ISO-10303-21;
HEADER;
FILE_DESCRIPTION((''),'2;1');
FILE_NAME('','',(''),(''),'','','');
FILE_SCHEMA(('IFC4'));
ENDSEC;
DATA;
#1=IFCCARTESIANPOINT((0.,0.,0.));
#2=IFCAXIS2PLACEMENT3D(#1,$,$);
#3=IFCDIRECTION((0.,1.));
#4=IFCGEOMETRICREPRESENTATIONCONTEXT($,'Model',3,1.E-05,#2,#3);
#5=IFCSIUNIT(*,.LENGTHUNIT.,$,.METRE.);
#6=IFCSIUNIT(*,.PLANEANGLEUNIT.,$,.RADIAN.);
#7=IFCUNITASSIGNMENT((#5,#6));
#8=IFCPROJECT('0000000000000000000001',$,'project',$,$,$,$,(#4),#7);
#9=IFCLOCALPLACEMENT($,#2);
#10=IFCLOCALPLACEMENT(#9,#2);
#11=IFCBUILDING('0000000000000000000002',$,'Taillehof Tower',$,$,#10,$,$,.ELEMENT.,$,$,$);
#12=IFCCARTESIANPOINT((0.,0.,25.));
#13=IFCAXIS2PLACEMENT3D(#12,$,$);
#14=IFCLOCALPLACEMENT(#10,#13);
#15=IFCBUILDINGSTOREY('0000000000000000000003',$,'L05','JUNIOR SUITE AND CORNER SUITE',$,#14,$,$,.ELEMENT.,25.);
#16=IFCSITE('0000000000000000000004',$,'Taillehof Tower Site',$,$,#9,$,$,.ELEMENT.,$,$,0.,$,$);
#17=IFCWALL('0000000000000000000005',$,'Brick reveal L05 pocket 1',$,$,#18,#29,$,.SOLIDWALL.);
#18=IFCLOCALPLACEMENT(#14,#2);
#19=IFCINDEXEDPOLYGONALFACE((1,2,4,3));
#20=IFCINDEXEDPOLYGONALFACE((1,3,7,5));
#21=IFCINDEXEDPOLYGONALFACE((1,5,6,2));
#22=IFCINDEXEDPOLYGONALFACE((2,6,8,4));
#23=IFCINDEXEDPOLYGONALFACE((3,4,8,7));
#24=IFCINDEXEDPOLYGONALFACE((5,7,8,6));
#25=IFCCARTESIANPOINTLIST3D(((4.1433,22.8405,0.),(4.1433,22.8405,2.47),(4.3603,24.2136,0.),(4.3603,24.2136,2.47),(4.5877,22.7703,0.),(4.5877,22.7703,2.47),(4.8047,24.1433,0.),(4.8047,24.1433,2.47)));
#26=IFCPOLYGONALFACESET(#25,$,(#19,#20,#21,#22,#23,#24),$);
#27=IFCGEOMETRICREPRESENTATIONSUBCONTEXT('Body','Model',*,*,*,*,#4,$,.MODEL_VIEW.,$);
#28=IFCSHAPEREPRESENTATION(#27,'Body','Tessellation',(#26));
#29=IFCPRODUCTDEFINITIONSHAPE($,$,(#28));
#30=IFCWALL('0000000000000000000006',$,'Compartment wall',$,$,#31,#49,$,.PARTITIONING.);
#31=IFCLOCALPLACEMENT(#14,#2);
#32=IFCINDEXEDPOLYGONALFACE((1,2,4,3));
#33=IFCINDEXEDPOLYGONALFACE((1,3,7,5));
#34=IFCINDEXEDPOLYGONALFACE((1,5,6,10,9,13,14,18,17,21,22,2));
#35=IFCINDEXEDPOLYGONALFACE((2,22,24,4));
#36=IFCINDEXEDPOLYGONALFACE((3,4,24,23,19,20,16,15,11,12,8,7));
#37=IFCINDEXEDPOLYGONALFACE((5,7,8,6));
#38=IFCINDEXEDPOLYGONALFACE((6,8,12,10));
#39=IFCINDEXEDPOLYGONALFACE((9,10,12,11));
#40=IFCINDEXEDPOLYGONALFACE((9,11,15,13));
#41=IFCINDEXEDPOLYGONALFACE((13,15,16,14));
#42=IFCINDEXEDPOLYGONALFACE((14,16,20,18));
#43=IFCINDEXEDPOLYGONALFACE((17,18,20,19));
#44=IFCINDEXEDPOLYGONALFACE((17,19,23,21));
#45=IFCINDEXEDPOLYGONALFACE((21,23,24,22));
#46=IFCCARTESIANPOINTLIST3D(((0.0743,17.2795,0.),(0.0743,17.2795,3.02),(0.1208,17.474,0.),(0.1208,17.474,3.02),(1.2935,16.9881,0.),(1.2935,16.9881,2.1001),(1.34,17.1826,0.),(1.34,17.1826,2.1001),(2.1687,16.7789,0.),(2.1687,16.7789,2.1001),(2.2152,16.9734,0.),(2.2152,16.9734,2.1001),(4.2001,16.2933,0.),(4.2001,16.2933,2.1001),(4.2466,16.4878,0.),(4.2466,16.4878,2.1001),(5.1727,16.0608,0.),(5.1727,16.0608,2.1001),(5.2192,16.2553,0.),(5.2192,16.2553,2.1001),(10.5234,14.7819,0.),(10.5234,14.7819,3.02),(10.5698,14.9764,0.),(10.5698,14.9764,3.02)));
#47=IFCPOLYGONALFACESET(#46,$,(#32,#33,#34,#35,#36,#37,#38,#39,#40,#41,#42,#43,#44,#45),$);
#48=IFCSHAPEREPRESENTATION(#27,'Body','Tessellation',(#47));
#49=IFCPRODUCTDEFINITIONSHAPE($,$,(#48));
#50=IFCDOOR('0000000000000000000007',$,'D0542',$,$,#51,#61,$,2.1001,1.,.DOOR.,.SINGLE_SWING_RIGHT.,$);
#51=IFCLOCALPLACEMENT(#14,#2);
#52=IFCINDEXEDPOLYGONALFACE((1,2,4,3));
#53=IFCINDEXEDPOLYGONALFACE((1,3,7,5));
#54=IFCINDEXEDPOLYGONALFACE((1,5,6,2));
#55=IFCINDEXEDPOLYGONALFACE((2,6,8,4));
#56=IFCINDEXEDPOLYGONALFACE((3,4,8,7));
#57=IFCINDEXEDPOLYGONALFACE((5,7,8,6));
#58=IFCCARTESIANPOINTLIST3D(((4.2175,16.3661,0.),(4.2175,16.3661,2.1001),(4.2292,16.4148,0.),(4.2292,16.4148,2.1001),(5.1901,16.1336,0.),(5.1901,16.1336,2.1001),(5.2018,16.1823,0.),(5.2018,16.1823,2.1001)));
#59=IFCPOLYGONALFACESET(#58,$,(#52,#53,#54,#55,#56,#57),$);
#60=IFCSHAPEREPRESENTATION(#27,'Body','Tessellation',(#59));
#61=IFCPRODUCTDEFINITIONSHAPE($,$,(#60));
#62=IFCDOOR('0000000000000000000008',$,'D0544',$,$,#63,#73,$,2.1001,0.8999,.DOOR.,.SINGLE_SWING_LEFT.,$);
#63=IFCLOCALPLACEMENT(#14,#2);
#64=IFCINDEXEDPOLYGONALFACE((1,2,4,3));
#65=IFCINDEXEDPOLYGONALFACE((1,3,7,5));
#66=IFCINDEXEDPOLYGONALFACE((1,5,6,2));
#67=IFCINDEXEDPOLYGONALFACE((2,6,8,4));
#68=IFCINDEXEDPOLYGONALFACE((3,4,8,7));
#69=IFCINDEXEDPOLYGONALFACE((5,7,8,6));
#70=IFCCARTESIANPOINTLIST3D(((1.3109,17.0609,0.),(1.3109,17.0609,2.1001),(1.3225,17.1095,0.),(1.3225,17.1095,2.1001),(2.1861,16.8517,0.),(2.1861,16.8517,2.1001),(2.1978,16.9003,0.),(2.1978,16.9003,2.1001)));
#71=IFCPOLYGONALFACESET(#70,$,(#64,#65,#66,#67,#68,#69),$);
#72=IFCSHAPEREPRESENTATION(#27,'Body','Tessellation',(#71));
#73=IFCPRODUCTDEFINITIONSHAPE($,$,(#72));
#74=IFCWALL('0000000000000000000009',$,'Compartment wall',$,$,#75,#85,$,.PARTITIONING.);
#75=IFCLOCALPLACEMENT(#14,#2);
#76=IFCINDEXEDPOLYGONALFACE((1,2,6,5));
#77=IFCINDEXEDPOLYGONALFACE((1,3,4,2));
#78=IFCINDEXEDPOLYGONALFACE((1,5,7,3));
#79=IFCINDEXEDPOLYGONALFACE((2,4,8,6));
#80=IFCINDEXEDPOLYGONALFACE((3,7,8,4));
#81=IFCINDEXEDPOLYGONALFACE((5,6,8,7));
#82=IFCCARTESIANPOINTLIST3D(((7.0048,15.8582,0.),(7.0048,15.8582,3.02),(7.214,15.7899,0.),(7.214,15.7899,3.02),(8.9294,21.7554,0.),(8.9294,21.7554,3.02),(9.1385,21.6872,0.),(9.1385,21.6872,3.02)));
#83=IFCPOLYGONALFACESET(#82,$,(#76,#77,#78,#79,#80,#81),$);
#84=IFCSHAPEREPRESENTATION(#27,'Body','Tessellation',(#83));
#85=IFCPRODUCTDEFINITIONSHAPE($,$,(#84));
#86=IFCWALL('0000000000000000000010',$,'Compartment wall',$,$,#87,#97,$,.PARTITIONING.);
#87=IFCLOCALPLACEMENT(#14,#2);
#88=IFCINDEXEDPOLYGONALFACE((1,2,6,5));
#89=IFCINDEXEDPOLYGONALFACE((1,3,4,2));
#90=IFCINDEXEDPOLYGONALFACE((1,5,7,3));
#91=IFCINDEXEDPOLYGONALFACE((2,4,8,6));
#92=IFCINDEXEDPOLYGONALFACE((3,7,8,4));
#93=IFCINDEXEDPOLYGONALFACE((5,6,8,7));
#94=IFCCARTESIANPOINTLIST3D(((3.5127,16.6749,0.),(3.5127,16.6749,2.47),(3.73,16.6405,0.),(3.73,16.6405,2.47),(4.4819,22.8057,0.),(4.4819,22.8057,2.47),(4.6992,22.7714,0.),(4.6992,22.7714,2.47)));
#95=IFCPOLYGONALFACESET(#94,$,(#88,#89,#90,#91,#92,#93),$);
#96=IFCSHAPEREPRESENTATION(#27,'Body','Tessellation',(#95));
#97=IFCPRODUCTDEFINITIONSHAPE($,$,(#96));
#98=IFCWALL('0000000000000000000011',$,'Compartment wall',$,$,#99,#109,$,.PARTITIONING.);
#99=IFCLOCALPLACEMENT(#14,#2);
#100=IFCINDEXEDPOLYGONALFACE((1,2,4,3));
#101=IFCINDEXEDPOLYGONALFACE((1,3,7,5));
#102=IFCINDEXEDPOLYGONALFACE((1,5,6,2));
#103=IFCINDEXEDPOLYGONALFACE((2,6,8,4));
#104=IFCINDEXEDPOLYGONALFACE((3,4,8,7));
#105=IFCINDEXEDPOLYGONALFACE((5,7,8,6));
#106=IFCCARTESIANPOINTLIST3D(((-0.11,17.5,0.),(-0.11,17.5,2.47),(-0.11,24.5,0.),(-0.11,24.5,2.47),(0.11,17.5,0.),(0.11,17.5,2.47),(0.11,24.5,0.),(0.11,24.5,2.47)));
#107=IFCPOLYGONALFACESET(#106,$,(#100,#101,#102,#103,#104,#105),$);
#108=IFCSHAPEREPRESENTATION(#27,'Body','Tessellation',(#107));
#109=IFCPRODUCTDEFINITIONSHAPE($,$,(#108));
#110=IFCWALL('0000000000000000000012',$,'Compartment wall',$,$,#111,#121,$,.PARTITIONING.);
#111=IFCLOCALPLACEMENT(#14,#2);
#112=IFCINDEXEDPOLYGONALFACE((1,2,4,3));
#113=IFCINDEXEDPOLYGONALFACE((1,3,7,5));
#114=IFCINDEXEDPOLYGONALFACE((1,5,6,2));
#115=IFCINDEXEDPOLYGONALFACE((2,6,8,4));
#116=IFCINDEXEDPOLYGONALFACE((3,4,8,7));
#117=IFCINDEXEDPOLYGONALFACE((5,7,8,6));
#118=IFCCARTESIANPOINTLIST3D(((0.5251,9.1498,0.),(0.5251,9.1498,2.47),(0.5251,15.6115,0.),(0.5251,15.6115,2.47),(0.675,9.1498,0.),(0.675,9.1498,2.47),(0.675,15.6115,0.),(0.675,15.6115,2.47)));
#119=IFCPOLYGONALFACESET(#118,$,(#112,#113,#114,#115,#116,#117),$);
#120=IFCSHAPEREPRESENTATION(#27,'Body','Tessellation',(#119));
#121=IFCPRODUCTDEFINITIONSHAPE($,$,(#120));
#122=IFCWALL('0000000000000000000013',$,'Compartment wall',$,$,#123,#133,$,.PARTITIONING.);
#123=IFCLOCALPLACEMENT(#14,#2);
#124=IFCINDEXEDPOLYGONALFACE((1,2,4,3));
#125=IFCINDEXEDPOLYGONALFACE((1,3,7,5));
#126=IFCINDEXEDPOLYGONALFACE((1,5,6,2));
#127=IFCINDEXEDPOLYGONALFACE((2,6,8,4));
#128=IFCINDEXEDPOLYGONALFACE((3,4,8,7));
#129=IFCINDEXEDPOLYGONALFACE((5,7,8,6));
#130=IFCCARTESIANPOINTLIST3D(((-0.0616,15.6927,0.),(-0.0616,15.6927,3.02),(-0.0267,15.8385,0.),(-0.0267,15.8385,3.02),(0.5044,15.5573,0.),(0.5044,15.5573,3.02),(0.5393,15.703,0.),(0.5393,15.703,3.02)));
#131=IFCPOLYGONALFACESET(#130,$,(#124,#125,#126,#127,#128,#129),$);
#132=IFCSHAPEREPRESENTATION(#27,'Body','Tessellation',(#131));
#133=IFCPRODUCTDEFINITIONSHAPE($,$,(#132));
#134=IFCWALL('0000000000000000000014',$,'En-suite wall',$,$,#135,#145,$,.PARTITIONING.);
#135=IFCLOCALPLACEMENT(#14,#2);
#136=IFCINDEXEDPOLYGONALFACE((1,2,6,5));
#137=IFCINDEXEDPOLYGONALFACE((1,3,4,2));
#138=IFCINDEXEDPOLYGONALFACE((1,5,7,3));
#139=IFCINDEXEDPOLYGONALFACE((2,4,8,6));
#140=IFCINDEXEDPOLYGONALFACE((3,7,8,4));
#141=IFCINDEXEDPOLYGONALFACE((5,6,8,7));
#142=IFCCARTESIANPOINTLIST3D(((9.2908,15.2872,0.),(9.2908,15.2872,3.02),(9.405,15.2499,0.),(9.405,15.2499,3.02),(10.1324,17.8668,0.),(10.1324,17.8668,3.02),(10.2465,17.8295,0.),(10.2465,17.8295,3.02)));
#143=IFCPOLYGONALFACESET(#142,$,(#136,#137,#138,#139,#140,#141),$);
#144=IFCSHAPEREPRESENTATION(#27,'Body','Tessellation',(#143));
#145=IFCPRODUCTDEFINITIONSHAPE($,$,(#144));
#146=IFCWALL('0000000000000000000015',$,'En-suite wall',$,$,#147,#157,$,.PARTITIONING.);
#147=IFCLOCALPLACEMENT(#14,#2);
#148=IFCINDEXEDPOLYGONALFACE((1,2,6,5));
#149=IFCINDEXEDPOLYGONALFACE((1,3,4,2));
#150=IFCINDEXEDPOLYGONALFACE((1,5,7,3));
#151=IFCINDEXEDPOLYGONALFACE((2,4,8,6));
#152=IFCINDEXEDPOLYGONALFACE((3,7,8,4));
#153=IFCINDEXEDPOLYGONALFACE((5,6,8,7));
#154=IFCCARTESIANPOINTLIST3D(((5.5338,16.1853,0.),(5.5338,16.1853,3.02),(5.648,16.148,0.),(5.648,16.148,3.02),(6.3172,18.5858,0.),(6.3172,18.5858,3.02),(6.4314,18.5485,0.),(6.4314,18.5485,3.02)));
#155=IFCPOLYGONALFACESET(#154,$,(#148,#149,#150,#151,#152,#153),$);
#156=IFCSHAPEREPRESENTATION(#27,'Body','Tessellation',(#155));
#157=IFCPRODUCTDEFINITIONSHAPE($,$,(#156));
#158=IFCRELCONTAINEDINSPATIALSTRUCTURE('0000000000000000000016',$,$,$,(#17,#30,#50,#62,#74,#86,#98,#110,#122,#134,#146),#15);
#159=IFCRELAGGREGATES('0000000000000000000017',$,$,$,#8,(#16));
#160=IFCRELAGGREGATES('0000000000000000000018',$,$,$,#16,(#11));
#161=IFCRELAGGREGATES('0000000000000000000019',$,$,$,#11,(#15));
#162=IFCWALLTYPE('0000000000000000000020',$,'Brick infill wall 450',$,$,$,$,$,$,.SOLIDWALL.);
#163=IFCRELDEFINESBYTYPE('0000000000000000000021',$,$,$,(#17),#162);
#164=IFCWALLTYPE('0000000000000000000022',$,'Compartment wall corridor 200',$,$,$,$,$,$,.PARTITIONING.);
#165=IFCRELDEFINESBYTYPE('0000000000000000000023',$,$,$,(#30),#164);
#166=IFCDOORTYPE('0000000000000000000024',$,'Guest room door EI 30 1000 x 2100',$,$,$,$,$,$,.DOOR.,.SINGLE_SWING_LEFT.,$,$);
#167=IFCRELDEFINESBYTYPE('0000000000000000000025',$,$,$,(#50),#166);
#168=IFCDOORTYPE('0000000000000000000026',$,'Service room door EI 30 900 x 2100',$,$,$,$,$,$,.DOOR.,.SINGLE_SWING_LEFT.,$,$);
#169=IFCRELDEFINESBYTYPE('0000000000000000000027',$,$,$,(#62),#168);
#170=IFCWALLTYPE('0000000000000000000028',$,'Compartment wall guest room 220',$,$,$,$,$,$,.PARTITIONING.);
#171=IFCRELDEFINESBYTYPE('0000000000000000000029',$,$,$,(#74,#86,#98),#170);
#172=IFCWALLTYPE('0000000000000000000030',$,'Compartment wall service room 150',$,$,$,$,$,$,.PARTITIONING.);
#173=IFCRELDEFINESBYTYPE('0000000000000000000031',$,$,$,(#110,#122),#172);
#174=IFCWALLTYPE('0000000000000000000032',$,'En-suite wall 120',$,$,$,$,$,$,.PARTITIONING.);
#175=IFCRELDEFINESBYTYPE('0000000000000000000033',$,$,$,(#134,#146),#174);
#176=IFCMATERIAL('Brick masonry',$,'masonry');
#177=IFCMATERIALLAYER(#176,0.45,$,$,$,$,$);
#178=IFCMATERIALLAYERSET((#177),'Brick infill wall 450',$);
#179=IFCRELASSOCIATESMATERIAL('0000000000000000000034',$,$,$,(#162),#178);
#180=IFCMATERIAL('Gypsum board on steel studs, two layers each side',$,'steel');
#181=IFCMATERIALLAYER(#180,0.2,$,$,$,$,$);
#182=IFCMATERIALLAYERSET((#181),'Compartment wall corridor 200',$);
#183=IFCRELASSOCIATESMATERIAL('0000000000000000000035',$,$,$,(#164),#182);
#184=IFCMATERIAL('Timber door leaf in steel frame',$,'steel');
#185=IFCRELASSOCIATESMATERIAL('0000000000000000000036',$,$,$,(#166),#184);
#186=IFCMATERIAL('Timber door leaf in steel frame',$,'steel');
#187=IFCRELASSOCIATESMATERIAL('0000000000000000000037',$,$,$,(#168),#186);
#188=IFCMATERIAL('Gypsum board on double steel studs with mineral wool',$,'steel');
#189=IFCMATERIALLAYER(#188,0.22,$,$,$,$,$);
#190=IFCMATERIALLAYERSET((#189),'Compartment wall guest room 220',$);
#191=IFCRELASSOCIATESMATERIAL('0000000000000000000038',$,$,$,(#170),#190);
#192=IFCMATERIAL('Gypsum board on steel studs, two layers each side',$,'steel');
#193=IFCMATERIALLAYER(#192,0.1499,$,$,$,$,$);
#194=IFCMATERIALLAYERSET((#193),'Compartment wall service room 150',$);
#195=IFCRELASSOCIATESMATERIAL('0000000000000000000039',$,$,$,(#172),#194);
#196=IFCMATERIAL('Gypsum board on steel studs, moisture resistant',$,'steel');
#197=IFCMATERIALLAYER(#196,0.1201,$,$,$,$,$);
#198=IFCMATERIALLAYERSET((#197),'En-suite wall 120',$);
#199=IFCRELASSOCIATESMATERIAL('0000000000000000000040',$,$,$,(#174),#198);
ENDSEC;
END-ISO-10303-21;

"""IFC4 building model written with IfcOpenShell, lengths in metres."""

from ifc_helpers import new_model, si_unit, direction, frame, frame_2d, origin, place, context, subcontext, project, spatial, rectangle, extrude, material, layer, layer_set, type_object, element, fill, save


model = new_model("IFC4")

# Units and contexts
model_context = context("Model", 3, precision=1e-05, world=origin(), true_north=direction((0.0, 1.0)))
body_context = subcontext(model_context, "Body", "Model", "MODEL_VIEW")
ifc_project = project(units=[si_unit("LENGTHUNIT", "METRE"), si_unit("PLANEANGLEUNIT", "RADIAN")], contexts=[model_context])

# Site, building, storey
site_placement = place(None, origin())
site = spatial("IfcSite", under=ifc_project, at=site_placement, Name="Taillehof Tower Site", CompositionType="ELEMENT", RefElevation=0.0)
building_placement = place(site_placement, origin())
building = spatial("IfcBuilding", under=site, at=building_placement, Name="Taillehof Tower", CompositionType="ELEMENT")
storey_placement = place(building_placement, frame((0.0, 0.0, 25.0)))
storey = spatial("IfcBuildingStorey", under=building, at=storey_placement, Name="L05", Description="JUNIOR SUITE AND CORNER SUITE", CompositionType="ELEMENT", Elevation=25.0)

# Shared definitions
ifc_material_1 = material(Name="Brick masonry", Category="masonry")
ifc_layer_1 = layer(ifc_material_1, 0.45)
ifc_layer_set_1 = layer_set([ifc_layer_1], Name="Brick infill wall 450")
wall_type_1 = type_object("IfcWallType", Name="Brick infill wall 450", PredefinedType="SOLIDWALL", material=ifc_layer_set_1)

# Wall
wall_1_placement = place(storey_placement, frame((4.5825, 24.1785, 0.0), z_axis=(0.0, 0.0, 1.0), x_axis=(-0.156134, -0.987736, 0.0)))
element("IfcWall", 1, at=wall_1_placement, inside=storey, type_object=wall_type_1, Name="Brick reveal L05 pocket 1", PredefinedType="SOLIDWALL", context=body_context, shape_type="SweptSolid", body=[
    extrude(rectangle(XDim=1.3901, YDim=0.45, at=frame_2d((0.6951, 0.0))), origin(), (0.0, 0.0, 1.0), 2.47),
])

# Wall, openings, doors
ifc_material_2 = material(Name="Gypsum board on steel studs, two layers each side", Category="steel")
ifc_layer_2 = layer(ifc_material_2, 0.2)
ifc_layer_set_2 = layer_set([ifc_layer_2], Name="Compartment wall corridor 200")
wall_type_2 = type_object("IfcWallType", Name="Compartment wall corridor 200", PredefinedType="PARTITIONING", material=ifc_layer_set_2)
wall_2_placement = place(storey_placement, frame((0.0977, 17.3767, 0.0), z_axis=(0.0, 0.0, 1.0), x_axis=(0.972602, -0.232476, 0.0)))
wall_2 = element("IfcWall", 2, at=wall_2_placement, inside=storey, type_object=wall_type_2, Name="Compartment wall", PredefinedType="PARTITIONING", context=body_context, shape_type="SweptSolid", body=[
    extrude(rectangle(XDim=10.7434, YDim=0.2, at=frame_2d((5.3716, 0.0))), origin(), (0.0, 0.0, 1.0), 3.02),
])
opening_1_placement = place(wall_2_placement, frame((4.2419, 0.0, 0.0)))
opening_1 = element("IfcOpeningElement", 3, at=opening_1_placement, cuts=wall_2, PredefinedType="OPENING", context=body_context, shape_type="SweptSolid", body=[
    extrude(rectangle(XDim=1.0, YDim=2.1001, at=frame_2d((0.5, 1.05))), frame((0.0, 0.1099, 0.0), z_axis=(0.0, -1.0, 0.0), x_axis=(1.0, 0.0, 0.0)), (0.0, 0.0, 1.0), 0.22),
])
opening_2_placement = place(wall_2_placement, frame((1.2534, 0.0, 0.0)))
opening_2 = element("IfcOpeningElement", 4, at=opening_2_placement, cuts=wall_2, PredefinedType="OPENING", context=body_context, shape_type="SweptSolid", body=[
    extrude(rectangle(XDim=0.8999, YDim=2.1001, at=frame_2d((0.45, 1.05))), frame((0.0, 0.1099, 0.0), z_axis=(0.0, -1.0, 0.0), x_axis=(1.0, 0.0, 0.0)), (0.0, 0.0, 1.0), 0.22),
])
ifc_material_3 = material(Name="Timber door leaf in steel frame", Category="steel")
door_type_1 = type_object("IfcDoorType", Name="Guest room door EI 30 1000 x 2100", OperationType="SINGLE_SWING_LEFT", PredefinedType="DOOR", material=ifc_material_3)
door_1_placement = place(opening_1_placement, origin())
door_1 = element("IfcDoor", 5, at=door_1_placement, inside=storey, type_object=door_type_1, Name="D0542", OperationType="SINGLE_SWING_RIGHT", OverallHeight=2.1001, OverallWidth=1.0, PredefinedType="DOOR", context=body_context, shape_type="SweptSolid", body=[
    extrude(rectangle(XDim=1.0, YDim=2.1001, at=frame_2d((0.5, 1.05))), frame((0.0, 0.0249, 0.0), z_axis=(0.0, -1.0, 0.0), x_axis=(1.0, 0.0, 0.0)), (0.0, 0.0, 1.0), 0.05),
])
fill(opening_1, door_1)
ifc_material_4 = material(Name="Timber door leaf in steel frame", Category="steel")
door_type_2 = type_object("IfcDoorType", Name="Service room door EI 30 900 x 2100", OperationType="SINGLE_SWING_LEFT", PredefinedType="DOOR", material=ifc_material_4)
door_2_placement = place(opening_2_placement, origin())
door_2 = element("IfcDoor", 6, at=door_2_placement, inside=storey, type_object=door_type_2, Name="D0544", OperationType="SINGLE_SWING_LEFT", OverallHeight=2.1001, OverallWidth=0.8999, PredefinedType="DOOR", context=body_context, shape_type="SweptSolid", body=[
    extrude(rectangle(XDim=0.8999, YDim=2.1001, at=frame_2d((0.45, 1.05))), frame((0.0, 0.0249, 0.0), z_axis=(0.0, -1.0, 0.0), x_axis=(1.0, 0.0, 0.0)), (0.0, 0.0, 1.0), 0.05),
])
fill(opening_2, door_2)

# Walls
ifc_material_5 = material(Name="Gypsum board on double steel studs with mineral wool", Category="steel")
ifc_layer_3 = layer(ifc_material_5, 0.22)
ifc_layer_set_3 = layer_set([ifc_layer_3], Name="Compartment wall guest room 220")
wall_type_3 = type_object("IfcWallType", Name="Compartment wall guest room 220", PredefinedType="PARTITIONING", material=ifc_layer_set_3)
wall_3_placement = place(storey_placement, frame((9.0339, 21.7212, 0.0), z_axis=(0.0, 0.0, 1.0), x_axis=(-0.310247, -0.950656, 0.0)))
element("IfcWall", 7, at=wall_3_placement, inside=storey, type_object=wall_type_3, Name="Compartment wall", PredefinedType="PARTITIONING", context=body_context, shape_type="SweptSolid", body=[
    extrude(rectangle(XDim=6.2034, YDim=0.22, at=frame_2d((3.1016, 0.0))), origin(), (0.0, 0.0, 1.0), 3.02),
])
wall_4_placement = place(storey_placement, frame((4.5906, 22.7886, 0.0), z_axis=(0.0, 0.0, 1.0), x_axis=(-0.156152, -0.987733, 0.0)))
element("IfcWall", 8, at=wall_4_placement, inside=storey, type_object=wall_type_3, Name="Compartment wall", PredefinedType="PARTITIONING", context=body_context, shape_type="SweptSolid", body=[
    extrude(rectangle(XDim=6.207, YDim=0.22, at=frame_2d((3.1035, 0.0))), origin(), (0.0, 0.0, 1.0), 2.47),
])
wall_5_placement = place(storey_placement, frame((0.0, 24.5, 0.0), z_axis=(0.0, 0.0, 1.0), x_axis=(0.0, -1.0, 0.0)))
element("IfcWall", 9, at=wall_5_placement, inside=storey, type_object=wall_type_3, Name="Compartment wall", PredefinedType="PARTITIONING", context=body_context, shape_type="SweptSolid", body=[
    extrude(rectangle(XDim=7.0, YDim=0.22, at=frame_2d((3.5, 0.0))), origin(), (0.0, 0.0, 1.0), 2.47),
])
ifc_material_6 = material(Name="Gypsum board on steel studs, two layers each side", Category="steel")
ifc_layer_4 = layer(ifc_material_6, 0.1499)
ifc_layer_set_4 = layer_set([ifc_layer_4], Name="Compartment wall service room 150")
wall_type_4 = type_object("IfcWallType", Name="Compartment wall service room 150", PredefinedType="PARTITIONING", material=ifc_layer_set_4)
wall_6_placement = place(storey_placement, frame((0.6001, 15.6116, 0.0), z_axis=(0.0, 0.0, 1.0), x_axis=(0.0, -1.0, 0.0)))
element("IfcWall", 10, at=wall_6_placement, inside=storey, type_object=wall_type_4, Name="Compartment wall", PredefinedType="PARTITIONING", context=body_context, shape_type="SweptSolid", body=[
    extrude(rectangle(XDim=6.4617, YDim=0.1499, at=frame_2d((3.231, 0.0))), origin(), (0.0, 0.0, 1.0), 2.47),
])
wall_7_placement = place(storey_placement, frame((-0.0442, 15.7656, 0.0), z_axis=(0.0, 0.0, 1.0), x_axis=(0.972536, -0.232754, 0.0)))
element("IfcWall", 11, at=wall_7_placement, inside=storey, type_object=wall_type_4, Name="Compartment wall", PredefinedType="PARTITIONING", context=body_context, shape_type="SweptSolid", body=[
    extrude(rectangle(XDim=0.582, YDim=0.1499, at=frame_2d((0.291, 0.0))), origin(), (0.0, 0.0, 1.0), 3.02),
])
ifc_material_7 = material(Name="Gypsum board on steel studs, moisture resistant", Category="steel")
ifc_layer_5 = layer(ifc_material_7, 0.1201)
ifc_layer_set_5 = layer_set([ifc_layer_5], Name="En-suite wall 120")
wall_type_5 = type_object("IfcWallType", Name="En-suite wall 120", PredefinedType="PARTITIONING", material=ifc_layer_set_5)
wall_8_placement = place(storey_placement, frame((9.3479, 15.2686, 0.0), z_axis=(0.0, 0.0, 1.0), x_axis=(0.310148, 0.950688, 0.0)))
element("IfcWall", 12, at=wall_8_placement, inside=storey, type_object=wall_type_5, Name="En-suite wall", PredefinedType="PARTITIONING", context=body_context, shape_type="SweptSolid", body=[
    extrude(rectangle(XDim=2.7134, YDim=0.1201, at=frame_2d((1.3567, 0.0))), origin(), (0.0, 0.0, 1.0), 3.02),
])
wall_9_placement = place(storey_placement, frame((5.5908, 16.1665, 0.0), z_axis=(0.0, 0.0, 1.0), x_axis=(0.310247, 0.950656, 0.0)))
element("IfcWall", 13, at=wall_9_placement, inside=storey, type_object=wall_type_5, Name="En-suite wall", PredefinedType="PARTITIONING", context=body_context, shape_type="SweptSolid", body=[
    extrude(rectangle(XDim=2.5251, YDim=0.1201, at=frame_2d((1.2627, 0.0))), origin(), (0.0, 0.0, 1.0), 3.02),
])

save(model, "model.ifc")
